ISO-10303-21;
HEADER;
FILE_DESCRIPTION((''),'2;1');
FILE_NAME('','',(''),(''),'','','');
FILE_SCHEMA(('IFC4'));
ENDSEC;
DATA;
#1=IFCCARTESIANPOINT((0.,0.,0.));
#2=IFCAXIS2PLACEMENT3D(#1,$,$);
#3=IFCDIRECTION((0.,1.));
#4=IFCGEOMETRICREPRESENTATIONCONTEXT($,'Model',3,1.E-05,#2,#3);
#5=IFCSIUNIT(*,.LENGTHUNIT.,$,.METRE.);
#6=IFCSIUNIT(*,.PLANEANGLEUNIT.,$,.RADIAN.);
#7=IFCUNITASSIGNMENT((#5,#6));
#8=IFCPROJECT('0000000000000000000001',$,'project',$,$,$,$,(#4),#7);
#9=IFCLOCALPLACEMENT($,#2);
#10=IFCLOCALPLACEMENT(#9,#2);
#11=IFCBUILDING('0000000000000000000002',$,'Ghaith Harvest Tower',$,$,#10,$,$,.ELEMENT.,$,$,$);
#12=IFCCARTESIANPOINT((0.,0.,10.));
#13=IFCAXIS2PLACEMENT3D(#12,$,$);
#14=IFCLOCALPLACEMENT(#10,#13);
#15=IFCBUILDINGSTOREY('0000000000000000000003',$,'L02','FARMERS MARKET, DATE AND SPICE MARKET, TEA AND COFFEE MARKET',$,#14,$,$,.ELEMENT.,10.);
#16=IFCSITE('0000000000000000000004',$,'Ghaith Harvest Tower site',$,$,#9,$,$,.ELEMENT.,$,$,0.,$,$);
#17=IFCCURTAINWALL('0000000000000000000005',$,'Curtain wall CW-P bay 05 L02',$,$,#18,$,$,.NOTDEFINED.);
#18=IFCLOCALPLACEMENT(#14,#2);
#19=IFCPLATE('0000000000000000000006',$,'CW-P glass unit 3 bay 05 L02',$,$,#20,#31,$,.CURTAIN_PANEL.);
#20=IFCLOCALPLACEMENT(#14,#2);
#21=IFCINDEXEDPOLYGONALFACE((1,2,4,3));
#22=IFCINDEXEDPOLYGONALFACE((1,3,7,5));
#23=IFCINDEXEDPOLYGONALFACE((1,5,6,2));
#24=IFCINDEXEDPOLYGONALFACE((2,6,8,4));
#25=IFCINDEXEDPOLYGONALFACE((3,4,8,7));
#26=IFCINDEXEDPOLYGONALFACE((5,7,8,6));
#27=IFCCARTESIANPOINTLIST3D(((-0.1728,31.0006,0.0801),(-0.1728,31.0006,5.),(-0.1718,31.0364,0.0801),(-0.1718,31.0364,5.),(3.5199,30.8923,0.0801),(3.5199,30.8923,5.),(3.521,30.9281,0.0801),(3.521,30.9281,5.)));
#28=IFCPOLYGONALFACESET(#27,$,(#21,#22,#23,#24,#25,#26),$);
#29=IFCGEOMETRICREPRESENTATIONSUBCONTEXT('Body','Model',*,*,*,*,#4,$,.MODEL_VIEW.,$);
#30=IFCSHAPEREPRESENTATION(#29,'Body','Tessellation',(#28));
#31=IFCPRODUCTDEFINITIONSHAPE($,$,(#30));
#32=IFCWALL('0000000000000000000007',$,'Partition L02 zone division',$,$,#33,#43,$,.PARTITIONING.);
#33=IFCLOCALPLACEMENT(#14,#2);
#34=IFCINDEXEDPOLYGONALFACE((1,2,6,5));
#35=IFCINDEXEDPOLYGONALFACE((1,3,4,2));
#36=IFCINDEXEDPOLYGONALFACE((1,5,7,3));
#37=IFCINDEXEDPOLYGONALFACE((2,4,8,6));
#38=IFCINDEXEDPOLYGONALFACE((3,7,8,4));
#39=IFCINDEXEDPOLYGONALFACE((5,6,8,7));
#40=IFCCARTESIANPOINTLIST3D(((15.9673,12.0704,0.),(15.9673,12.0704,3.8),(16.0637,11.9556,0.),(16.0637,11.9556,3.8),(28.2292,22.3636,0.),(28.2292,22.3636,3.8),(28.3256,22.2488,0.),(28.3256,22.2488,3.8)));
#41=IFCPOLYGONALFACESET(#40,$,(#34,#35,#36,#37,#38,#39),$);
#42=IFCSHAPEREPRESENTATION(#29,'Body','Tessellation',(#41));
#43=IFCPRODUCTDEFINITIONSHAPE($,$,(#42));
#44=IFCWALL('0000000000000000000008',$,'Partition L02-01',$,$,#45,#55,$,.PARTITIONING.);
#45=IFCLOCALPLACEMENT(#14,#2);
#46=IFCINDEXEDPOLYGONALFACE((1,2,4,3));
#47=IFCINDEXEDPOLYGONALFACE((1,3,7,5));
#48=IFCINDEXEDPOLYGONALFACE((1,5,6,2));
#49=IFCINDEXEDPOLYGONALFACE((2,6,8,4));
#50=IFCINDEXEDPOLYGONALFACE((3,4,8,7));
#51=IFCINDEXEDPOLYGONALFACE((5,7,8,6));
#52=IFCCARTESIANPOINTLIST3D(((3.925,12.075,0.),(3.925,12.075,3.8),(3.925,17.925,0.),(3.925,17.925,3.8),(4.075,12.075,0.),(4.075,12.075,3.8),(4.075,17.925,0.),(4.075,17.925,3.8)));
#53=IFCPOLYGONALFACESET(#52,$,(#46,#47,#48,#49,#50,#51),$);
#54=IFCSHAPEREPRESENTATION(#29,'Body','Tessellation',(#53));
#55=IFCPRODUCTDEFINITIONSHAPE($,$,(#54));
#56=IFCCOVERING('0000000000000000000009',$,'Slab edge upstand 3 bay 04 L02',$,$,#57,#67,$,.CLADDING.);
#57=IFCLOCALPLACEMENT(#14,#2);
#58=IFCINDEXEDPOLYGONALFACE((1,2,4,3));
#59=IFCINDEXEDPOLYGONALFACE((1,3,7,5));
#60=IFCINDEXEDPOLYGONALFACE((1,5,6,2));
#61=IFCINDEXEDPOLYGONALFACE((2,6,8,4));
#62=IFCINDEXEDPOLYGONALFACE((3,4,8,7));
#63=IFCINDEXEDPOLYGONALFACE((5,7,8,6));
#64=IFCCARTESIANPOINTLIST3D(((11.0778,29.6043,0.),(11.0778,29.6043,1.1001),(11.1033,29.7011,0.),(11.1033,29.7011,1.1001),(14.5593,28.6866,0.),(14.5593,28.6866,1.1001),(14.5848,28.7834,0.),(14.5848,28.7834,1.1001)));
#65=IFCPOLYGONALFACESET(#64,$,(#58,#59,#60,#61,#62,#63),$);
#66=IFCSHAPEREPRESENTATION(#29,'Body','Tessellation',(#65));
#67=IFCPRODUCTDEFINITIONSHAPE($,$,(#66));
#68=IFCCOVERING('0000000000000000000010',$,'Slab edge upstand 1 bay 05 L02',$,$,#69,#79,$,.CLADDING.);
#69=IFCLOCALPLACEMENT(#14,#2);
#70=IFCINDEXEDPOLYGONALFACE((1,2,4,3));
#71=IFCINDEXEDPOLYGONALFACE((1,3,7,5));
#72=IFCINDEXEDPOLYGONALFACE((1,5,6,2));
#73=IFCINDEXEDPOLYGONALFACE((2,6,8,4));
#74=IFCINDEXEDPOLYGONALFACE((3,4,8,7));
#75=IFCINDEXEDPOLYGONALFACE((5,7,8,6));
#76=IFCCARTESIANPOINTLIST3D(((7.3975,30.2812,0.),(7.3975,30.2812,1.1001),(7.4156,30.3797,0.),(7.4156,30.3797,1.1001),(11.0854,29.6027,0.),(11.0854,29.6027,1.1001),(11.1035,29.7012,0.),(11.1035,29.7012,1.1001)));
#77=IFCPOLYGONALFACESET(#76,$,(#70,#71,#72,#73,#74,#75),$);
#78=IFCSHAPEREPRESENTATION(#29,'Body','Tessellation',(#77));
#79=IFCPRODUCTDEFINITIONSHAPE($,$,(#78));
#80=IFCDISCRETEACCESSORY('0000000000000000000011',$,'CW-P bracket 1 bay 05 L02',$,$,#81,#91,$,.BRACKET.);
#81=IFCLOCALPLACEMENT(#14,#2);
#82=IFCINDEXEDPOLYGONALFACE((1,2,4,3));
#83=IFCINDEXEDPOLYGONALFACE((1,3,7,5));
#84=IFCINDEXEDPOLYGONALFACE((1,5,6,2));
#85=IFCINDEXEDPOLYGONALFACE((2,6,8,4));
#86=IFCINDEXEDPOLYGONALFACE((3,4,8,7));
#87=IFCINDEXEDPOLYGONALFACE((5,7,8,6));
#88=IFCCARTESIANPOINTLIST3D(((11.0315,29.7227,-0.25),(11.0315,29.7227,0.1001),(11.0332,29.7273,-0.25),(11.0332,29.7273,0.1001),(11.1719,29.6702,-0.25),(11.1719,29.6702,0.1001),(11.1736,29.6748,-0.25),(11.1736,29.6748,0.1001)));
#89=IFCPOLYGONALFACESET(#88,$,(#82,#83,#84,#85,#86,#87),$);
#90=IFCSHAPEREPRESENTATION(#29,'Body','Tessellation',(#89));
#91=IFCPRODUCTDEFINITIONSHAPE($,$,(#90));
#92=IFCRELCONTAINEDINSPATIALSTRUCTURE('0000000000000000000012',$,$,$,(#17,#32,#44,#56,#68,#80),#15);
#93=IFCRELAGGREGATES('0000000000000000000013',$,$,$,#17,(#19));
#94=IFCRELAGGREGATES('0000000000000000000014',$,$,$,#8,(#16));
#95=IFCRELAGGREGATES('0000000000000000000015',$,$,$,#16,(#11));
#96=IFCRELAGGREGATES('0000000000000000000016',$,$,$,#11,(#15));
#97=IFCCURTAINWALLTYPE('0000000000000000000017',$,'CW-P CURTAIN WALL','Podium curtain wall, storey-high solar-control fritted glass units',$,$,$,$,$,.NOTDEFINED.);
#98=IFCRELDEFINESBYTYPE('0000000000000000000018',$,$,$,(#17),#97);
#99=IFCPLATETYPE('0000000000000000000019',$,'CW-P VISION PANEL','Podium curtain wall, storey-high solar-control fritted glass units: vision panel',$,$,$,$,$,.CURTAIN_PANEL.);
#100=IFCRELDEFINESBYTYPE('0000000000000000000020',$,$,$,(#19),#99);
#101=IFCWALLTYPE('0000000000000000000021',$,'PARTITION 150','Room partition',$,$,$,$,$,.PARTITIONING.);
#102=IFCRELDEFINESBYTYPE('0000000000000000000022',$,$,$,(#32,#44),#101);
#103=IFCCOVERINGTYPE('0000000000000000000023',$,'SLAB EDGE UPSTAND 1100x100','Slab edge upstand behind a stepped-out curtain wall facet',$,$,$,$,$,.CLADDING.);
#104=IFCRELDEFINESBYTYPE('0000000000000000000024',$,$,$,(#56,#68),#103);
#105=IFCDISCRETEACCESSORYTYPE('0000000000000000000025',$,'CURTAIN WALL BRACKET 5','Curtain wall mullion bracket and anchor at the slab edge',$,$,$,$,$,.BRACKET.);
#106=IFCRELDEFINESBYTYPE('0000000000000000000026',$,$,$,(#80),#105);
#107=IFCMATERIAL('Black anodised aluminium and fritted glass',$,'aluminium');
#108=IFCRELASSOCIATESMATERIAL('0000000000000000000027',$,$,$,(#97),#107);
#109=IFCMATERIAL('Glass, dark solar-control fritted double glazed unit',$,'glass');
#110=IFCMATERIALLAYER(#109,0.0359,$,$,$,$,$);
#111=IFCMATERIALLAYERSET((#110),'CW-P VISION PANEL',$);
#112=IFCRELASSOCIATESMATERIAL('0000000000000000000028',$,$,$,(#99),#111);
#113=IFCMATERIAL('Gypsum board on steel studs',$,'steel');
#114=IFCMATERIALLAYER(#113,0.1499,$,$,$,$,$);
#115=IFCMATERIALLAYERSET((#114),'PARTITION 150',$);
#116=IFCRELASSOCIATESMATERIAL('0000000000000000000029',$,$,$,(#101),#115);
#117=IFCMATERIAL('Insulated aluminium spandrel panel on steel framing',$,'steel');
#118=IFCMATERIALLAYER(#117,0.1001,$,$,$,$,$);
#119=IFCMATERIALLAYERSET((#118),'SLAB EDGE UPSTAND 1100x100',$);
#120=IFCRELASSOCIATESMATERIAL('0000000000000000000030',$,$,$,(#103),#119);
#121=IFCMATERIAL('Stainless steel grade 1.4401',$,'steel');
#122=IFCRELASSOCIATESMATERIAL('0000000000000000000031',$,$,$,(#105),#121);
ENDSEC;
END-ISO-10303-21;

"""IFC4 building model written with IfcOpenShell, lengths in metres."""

from ifc_helpers import new_model, si_unit, direction, frame, frame_2d, origin, origin_2d, place, context, subcontext, project, spatial, rectangle, extrude, material, layer, layer_set, type_object, element, aggregate, save


model = new_model("IFC4")

# Units and contexts
model_context = context("Model", 3, precision=1e-05, world=origin(), true_north=direction((0.0, 1.0)))
body_context = subcontext(model_context, "Body", "Model", "MODEL_VIEW")
ifc_project = project(units=[si_unit("LENGTHUNIT", "METRE"), si_unit("PLANEANGLEUNIT", "RADIAN")], contexts=[model_context])

# Site, building, storey
site_placement = place(None, origin())
site = spatial("IfcSite", under=ifc_project, at=site_placement, Name="Ghaith Harvest Tower site", CompositionType="ELEMENT", RefElevation=0.0)
building_placement = place(site_placement, origin())
building = spatial("IfcBuilding", under=site, at=building_placement, Name="Ghaith Harvest Tower", CompositionType="ELEMENT")
storey_placement = place(building_placement, frame((0.0, 0.0, 10.0)))
storey = spatial("IfcBuildingStorey", under=building, at=storey_placement, Name="L02", Description="FARMERS MARKET, DATE AND SPICE MARKET, TEA AND COFFEE MARKET", CompositionType="ELEMENT", Elevation=10.0)

# Curtain wall
ifc_material_1 = material(Name="Black anodised aluminium and fritted glass", Category="aluminium")
curtain_wall_type = type_object("IfcCurtainWallType", Name="CW-P CURTAIN WALL", Description="Podium curtain wall, storey-high solar-control fritted glass units", PredefinedType="NOTDEFINED", material=ifc_material_1)
curtain_wall_1_placement = place(storey_placement, origin())
curtain_wall_1 = element("IfcCurtainWall", 1, at=curtain_wall_1_placement, inside=storey, type_object=curtain_wall_type, Name="Curtain wall CW-P bay 05 L02", PredefinedType="NOTDEFINED")

# Plate
ifc_material_2 = material(Name="Glass, dark solar-control fritted double glazed unit", Category="glass")
ifc_layer_1 = layer(ifc_material_2, 0.0359)
ifc_layer_set_1 = layer_set([ifc_layer_1], Name="CW-P VISION PANEL")
plate_type = type_object("IfcPlateType", Name="CW-P VISION PANEL", Description="Podium curtain wall, storey-high solar-control fritted glass units: vision panel", PredefinedType="CURTAIN_PANEL", material=ifc_layer_set_1)
plate_1_placement = place(storey_placement, frame((1.6741, 30.9644, 0.0801), z_axis=(0.0, 0.0, 1.0), x_axis=(-0.99957, 0.029318, 0.0)))
plate_1 = element("IfcPlate", 2, at=plate_1_placement, type_object=plate_type, Name="CW-P glass unit 3 bay 05 L02", PredefinedType="CURTAIN_PANEL", context=body_context, shape_type="SweptSolid", body=[
    extrude(rectangle(XDim=3.6943, YDim=0.0359, at=origin_2d()), origin(), (0.0, 0.0, 1.0), 4.9199),
])
aggregate(curtain_wall_1, [plate_1])

# Walls
ifc_material_3 = material(Name="Gypsum board on steel studs", Category="steel")
ifc_layer_2 = layer(ifc_material_3, 0.1499)
ifc_layer_set_2 = layer_set([ifc_layer_2], Name="PARTITION 150")
wall_type = type_object("IfcWallType", Name="PARTITION 150", Description="Room partition", PredefinedType="PARTITIONING", material=ifc_layer_set_2)
wall_1_placement = place(storey_placement, frame((16.0154, 12.0129, 0.0), z_axis=(0.0, 0.0, 1.0), x_axis=(0.765915, 0.642942, 0.0)))
element("IfcWall", 3, at=wall_1_placement, inside=storey, type_object=wall_type, Name="Partition L02 zone division", PredefinedType="PARTITIONING", context=body_context, shape_type="SweptSolid", body=[
    extrude(rectangle(XDim=16.0095, YDim=0.1499, at=frame_2d((8.0049, 0.0))), origin(), (0.0, 0.0, 1.0), 3.8),
])
wall_2_placement = place(storey_placement, frame((4.0, 12.075, 0.0), z_axis=(0.0, 0.0, 1.0), x_axis=(0.0, 1.0, 0.0)))
element("IfcWall", 4, at=wall_2_placement, inside=storey, type_object=wall_type, Name="Partition L02-01", PredefinedType="PARTITIONING", context=body_context, shape_type="SweptSolid", body=[
    extrude(rectangle(XDim=5.8501, YDim=0.1499, at=frame_2d((2.925, 0.0))), origin(), (0.0, 0.0, 1.0), 3.8),
])

# Coverings
ifc_material_4 = material(Name="Insulated aluminium spandrel panel on steel framing", Category="steel")
ifc_layer_3 = layer(ifc_material_4, 0.1001)
ifc_layer_set_3 = layer_set([ifc_layer_3], Name="SLAB EDGE UPSTAND 1100x100")
covering_type = type_object("IfcCoveringType", Name="SLAB EDGE UPSTAND 1100x100", Description="Slab edge upstand behind a stepped-out curtain wall facet", PredefinedType="CLADDING", material=ifc_layer_set_3)
covering_1_placement = place(storey_placement, frame((12.8313, 29.1938, 0.0), z_axis=(0.0, 0.0, 1.0), x_axis=(-0.966975, 0.25487, 0.0)))
element("IfcCovering", 5, at=covering_1_placement, inside=storey, type_object=covering_type, Name="Slab edge upstand 3 bay 04 L02", PredefinedType="CLADDING", context=body_context, shape_type="SweptSolid", body=[
    extrude(rectangle(XDim=3.6003, YDim=0.1001, at=origin_2d()), origin(), (0.0, 0.0, 1.0), 1.1001),
])
covering_2_placement = place(storey_placement, frame((9.2505, 29.9912, 0.0), z_axis=(0.0, 0.0, 1.0), x_axis=(-0.983492, 0.18095, 0.0)))
element("IfcCovering", 6, at=covering_2_placement, inside=storey, type_object=covering_type, Name="Slab edge upstand 1 bay 05 L02", PredefinedType="CLADDING", context=body_context, shape_type="SweptSolid", body=[
    extrude(rectangle(XDim=3.7498, YDim=0.1001, at=origin_2d()), origin(), (0.0, 0.0, 1.0), 1.1001),
])

# Discrete accessory
ifc_material_5 = material(Name="Stainless steel grade 1.4401", Category="steel")
discrete_accessory_type = type_object("IfcDiscreteAccessoryType", Name="CURTAIN WALL BRACKET 5", Description="Curtain wall mullion bracket and anchor at the slab edge", PredefinedType="BRACKET", material=ifc_material_5)
discrete_accessory_placement = place(storey_placement, frame((11.1025, 29.6987, -0.25), z_axis=(0.0, 0.0, 1.0), x_axis=(0.350168, 0.936687, 0.0)))
element("IfcDiscreteAccessory", 7, at=discrete_accessory_placement, inside=storey, type_object=discrete_accessory_type, Name="CW-P bracket 1 bay 05 L02", PredefinedType="BRACKET", context=body_context, shape_type="SweptSolid", body=[
    extrude(rectangle(XDim=0.0049, YDim=0.1499, at=origin_2d()), origin(), (0.0, 0.0, 1.0), 0.3501),
])

save(model, "model.ifc")
